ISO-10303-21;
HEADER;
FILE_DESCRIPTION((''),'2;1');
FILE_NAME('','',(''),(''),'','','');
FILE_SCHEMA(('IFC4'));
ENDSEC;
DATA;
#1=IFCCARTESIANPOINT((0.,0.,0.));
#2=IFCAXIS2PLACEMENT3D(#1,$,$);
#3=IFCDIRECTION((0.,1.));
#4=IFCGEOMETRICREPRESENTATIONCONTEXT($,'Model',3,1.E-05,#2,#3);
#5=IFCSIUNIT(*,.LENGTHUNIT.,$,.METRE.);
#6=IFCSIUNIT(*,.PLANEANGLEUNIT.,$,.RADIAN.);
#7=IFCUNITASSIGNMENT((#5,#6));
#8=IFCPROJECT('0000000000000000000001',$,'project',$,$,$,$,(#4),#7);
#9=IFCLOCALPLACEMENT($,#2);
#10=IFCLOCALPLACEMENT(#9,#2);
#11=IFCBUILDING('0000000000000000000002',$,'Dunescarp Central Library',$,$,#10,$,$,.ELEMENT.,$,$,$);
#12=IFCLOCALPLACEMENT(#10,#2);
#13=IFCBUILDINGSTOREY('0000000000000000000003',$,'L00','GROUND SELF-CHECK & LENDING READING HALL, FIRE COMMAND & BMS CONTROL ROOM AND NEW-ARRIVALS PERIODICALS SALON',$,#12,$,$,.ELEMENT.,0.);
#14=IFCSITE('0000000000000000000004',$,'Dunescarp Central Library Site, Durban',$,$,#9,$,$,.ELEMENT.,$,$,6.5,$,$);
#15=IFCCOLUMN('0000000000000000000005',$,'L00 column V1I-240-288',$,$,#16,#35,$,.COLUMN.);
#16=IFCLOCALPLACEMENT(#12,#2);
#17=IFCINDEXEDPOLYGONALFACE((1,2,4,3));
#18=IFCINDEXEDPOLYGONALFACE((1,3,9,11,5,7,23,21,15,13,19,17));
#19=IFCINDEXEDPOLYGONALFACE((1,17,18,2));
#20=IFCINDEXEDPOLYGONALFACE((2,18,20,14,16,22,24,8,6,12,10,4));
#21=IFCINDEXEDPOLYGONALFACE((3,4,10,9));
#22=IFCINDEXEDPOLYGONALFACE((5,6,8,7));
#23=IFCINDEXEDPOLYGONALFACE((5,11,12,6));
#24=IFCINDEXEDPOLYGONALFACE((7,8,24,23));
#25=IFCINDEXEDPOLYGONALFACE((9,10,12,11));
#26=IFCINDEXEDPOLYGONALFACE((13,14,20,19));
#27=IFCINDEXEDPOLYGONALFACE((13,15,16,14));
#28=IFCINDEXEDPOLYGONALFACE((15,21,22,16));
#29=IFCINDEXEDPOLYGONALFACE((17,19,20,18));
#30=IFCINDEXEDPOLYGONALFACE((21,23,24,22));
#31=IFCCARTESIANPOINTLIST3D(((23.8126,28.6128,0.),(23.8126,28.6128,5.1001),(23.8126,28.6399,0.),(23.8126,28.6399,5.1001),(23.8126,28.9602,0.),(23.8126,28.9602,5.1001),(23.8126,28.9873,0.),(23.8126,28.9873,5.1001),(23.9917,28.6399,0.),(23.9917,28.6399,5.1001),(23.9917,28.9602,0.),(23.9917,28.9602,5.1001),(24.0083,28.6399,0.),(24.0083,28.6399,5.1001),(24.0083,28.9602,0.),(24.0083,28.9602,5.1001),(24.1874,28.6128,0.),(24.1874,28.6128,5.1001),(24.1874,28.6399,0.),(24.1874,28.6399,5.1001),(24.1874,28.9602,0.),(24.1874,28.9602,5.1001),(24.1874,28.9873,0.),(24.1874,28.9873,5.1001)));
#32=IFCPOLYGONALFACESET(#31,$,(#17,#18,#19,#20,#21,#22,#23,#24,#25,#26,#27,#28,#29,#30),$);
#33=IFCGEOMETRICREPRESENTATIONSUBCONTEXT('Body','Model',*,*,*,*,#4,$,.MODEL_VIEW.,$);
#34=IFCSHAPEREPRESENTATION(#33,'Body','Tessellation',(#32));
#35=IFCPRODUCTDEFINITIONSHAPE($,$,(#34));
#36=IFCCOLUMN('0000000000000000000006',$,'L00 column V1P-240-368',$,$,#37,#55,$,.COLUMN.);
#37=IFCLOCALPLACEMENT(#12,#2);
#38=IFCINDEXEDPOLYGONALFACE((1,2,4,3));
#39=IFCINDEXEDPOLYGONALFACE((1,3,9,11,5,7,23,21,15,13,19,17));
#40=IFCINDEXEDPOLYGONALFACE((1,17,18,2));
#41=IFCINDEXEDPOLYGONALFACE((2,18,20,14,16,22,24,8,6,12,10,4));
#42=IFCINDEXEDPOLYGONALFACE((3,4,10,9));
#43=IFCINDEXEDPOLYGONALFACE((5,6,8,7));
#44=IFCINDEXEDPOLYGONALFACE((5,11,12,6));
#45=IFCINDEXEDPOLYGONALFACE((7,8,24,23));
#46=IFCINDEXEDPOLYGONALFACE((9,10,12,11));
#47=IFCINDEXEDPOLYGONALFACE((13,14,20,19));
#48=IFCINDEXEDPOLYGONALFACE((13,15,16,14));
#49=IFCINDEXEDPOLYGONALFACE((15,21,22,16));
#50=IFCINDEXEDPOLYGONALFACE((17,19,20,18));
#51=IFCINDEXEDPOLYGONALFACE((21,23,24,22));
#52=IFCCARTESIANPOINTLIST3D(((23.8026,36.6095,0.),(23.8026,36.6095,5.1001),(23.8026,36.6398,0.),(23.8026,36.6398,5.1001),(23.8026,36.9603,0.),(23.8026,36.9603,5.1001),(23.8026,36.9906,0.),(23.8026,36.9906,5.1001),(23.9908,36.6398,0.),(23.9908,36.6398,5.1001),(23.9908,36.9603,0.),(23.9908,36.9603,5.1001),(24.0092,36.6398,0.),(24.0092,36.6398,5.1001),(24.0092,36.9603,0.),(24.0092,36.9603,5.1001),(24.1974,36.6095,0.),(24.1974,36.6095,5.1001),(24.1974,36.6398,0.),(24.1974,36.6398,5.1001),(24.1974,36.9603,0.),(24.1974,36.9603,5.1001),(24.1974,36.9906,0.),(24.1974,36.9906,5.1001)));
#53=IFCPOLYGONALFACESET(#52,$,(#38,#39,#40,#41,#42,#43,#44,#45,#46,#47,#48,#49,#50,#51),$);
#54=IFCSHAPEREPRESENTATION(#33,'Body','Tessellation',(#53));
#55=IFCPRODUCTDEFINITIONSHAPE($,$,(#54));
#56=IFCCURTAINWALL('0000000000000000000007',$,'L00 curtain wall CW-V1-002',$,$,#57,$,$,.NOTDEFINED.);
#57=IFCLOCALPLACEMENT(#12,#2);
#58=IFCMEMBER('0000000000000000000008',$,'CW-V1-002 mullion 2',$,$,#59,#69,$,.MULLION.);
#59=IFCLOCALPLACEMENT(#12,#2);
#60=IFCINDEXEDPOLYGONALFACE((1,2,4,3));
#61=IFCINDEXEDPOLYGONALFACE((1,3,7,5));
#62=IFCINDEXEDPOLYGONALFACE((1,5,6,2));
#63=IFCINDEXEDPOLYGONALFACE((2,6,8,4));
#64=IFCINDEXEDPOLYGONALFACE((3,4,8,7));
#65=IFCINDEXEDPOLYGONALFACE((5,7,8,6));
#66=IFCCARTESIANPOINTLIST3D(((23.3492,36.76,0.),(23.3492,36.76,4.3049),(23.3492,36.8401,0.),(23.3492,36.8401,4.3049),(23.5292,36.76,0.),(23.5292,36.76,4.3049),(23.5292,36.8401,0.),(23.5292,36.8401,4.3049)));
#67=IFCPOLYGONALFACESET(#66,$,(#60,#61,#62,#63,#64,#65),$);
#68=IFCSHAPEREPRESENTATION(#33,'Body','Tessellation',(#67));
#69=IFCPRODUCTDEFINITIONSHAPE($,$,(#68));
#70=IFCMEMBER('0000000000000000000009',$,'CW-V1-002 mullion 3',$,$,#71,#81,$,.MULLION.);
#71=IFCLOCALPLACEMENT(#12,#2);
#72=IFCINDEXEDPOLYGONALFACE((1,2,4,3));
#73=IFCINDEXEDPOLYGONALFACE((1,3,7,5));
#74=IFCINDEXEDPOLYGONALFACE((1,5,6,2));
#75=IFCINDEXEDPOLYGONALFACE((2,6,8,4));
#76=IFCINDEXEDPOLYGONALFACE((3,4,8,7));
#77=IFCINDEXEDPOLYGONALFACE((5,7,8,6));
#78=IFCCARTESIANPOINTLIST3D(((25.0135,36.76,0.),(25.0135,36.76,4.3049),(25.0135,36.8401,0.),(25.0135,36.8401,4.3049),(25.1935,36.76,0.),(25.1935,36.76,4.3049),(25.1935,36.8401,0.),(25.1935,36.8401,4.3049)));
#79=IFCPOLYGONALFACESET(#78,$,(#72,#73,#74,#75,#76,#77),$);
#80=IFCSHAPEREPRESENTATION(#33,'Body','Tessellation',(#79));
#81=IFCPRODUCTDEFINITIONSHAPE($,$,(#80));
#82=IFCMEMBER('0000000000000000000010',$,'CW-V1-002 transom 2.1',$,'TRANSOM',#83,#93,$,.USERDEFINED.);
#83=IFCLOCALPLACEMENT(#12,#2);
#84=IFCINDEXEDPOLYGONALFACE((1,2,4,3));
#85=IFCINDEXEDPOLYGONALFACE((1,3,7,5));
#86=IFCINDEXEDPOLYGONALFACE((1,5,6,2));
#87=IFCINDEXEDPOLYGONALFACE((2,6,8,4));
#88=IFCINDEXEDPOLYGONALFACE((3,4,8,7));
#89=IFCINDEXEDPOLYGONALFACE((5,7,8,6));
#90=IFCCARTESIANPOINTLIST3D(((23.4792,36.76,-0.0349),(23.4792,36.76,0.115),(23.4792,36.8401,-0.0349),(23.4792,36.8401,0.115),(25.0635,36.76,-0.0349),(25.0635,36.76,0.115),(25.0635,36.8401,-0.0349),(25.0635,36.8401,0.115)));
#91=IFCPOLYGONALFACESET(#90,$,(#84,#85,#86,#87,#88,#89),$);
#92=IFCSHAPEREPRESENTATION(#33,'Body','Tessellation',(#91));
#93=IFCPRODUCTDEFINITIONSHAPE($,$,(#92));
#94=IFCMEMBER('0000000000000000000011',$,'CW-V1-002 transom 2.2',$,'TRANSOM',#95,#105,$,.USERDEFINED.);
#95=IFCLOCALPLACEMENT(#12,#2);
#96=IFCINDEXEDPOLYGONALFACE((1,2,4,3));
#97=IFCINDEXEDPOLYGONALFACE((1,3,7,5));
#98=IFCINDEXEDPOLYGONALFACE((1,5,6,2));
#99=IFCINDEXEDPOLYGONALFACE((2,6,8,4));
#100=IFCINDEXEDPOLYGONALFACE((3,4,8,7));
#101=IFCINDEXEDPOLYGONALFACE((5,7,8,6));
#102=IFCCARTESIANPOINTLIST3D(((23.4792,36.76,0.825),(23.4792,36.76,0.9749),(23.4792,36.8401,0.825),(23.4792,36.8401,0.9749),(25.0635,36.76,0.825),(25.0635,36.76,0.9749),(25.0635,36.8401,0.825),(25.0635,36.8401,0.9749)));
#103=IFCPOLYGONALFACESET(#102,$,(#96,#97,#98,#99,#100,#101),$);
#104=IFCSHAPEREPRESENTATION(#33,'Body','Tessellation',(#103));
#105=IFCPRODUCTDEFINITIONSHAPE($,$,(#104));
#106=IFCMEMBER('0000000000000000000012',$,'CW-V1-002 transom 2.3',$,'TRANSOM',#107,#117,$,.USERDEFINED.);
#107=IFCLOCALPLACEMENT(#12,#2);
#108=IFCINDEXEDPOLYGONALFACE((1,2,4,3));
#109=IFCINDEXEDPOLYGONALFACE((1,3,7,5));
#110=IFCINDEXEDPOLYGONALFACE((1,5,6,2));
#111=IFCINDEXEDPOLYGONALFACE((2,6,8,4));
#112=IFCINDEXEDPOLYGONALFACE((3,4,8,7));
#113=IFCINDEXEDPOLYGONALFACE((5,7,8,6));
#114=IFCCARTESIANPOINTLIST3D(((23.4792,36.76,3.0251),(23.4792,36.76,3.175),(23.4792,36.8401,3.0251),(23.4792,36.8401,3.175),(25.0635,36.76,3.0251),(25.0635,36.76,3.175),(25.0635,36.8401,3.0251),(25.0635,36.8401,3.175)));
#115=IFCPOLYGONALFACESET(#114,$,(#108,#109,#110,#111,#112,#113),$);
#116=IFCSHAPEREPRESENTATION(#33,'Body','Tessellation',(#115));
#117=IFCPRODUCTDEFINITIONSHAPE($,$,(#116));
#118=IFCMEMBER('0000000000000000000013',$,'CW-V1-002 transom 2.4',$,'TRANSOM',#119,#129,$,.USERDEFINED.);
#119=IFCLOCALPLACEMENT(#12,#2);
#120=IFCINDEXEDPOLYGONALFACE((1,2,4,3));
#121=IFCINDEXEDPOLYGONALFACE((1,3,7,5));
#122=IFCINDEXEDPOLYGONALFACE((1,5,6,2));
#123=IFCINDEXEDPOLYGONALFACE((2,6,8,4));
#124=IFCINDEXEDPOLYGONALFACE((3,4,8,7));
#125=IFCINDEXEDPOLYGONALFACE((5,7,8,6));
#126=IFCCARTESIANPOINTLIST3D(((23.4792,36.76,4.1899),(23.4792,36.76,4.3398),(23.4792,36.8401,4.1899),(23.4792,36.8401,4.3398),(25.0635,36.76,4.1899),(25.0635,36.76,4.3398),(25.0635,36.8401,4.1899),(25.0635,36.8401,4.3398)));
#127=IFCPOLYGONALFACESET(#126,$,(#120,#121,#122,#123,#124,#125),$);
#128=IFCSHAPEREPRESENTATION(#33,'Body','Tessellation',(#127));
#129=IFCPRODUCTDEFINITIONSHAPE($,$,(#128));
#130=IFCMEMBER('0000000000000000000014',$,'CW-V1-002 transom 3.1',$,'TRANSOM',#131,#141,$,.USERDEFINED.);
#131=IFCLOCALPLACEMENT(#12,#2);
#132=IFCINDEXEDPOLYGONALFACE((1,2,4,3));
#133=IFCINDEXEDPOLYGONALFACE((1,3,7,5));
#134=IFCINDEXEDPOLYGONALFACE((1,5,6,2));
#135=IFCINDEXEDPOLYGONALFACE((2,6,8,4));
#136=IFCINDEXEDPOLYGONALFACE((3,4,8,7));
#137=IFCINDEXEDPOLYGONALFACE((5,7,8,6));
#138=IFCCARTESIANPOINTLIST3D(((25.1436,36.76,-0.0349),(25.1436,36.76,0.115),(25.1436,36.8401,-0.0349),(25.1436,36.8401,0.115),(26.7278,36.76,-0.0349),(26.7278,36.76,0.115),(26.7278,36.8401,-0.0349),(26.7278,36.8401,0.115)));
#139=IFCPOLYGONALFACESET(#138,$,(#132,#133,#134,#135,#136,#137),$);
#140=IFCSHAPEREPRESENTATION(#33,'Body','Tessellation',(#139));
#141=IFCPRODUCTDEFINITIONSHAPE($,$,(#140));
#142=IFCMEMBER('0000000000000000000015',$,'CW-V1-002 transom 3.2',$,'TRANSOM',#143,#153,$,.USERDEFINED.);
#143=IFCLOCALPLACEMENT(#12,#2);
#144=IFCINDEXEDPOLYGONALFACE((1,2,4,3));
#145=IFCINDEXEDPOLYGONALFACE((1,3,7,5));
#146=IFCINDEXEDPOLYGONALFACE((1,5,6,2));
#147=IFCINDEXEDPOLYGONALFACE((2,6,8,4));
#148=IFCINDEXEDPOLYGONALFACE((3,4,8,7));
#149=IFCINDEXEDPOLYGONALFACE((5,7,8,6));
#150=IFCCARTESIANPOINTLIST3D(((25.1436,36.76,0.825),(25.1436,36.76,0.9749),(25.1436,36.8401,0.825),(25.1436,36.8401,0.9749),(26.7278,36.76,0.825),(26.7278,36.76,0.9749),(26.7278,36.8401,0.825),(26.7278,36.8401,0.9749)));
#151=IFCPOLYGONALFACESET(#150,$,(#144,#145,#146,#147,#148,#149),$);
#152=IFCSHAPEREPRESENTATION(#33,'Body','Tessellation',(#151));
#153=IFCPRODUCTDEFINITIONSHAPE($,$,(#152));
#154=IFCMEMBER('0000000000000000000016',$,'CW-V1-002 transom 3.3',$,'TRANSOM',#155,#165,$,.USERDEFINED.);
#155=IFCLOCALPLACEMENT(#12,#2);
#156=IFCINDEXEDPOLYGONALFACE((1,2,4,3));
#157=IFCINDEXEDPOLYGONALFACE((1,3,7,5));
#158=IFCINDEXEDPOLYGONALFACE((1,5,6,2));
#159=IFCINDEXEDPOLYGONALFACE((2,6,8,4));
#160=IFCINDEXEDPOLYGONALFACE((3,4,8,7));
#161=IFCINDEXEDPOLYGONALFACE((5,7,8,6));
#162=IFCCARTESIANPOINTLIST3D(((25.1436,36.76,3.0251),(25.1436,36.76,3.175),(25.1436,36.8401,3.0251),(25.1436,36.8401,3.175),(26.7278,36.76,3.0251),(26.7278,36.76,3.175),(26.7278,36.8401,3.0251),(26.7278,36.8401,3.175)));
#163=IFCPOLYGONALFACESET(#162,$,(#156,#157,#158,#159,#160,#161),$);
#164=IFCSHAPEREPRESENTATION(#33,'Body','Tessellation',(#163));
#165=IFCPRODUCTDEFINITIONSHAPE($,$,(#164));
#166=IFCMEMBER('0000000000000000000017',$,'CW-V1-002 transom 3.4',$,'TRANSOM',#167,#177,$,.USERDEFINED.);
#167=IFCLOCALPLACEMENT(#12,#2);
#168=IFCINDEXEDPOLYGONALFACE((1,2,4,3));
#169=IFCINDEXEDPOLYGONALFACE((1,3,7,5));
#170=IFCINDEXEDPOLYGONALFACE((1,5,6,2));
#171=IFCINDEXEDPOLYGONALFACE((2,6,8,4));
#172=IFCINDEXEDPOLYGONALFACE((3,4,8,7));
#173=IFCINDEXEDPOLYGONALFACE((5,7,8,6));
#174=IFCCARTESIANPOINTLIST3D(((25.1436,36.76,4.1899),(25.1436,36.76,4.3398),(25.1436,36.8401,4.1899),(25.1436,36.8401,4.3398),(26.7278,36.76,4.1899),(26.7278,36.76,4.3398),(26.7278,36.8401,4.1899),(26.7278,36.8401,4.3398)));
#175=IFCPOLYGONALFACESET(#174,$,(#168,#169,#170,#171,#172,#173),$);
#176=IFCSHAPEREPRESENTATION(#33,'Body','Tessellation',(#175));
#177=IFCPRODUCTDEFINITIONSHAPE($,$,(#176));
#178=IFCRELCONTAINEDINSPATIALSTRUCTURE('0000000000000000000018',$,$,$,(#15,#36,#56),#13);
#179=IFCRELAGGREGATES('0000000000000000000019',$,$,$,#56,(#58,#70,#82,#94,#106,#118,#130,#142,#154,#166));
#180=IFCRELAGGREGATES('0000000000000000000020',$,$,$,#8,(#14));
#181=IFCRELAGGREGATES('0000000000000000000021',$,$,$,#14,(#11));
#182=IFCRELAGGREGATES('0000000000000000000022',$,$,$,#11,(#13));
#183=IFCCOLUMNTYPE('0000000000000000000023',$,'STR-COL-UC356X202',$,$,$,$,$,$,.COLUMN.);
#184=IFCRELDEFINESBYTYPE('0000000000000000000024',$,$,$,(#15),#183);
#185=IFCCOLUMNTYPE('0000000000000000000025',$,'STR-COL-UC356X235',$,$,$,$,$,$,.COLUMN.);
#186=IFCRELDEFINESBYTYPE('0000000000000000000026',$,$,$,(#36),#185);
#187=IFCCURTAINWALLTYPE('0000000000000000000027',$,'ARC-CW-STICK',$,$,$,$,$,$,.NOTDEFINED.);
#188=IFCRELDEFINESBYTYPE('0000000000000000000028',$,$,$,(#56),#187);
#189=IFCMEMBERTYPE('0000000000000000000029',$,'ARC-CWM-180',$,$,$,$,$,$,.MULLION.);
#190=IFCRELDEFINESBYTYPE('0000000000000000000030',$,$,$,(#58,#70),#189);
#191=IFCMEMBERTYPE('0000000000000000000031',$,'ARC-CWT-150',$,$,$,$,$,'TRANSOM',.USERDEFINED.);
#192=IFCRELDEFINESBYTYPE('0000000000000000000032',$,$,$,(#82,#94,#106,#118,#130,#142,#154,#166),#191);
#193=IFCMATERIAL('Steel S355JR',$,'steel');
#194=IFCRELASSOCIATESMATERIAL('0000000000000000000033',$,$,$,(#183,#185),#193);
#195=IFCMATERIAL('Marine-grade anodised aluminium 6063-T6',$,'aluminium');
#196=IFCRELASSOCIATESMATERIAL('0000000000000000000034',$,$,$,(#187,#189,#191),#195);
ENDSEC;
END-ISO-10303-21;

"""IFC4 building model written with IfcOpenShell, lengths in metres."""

from ifc_helpers import new_model, si_unit, direction, frame, origin, origin_2d, place, context, subcontext, project, spatial, rectangle, i_section, extrude, material, material_profile, profile_set, type_object, element, aggregate, save


model = new_model("IFC4")

# Units and contexts
model_context = context("Model", 3, precision=1e-05, world=origin(), true_north=direction((0.0, 1.0)))
body_context = subcontext(model_context, "Body", "Model", "MODEL_VIEW")
ifc_project = project(units=[si_unit("LENGTHUNIT", "METRE"), si_unit("PLANEANGLEUNIT", "RADIAN")], contexts=[model_context])

# Site, building, storey
site_placement = place(None, origin())
site = spatial("IfcSite", under=ifc_project, at=site_placement, Name="Dunescarp Central Library Site, Durban", CompositionType="ELEMENT", RefElevation=6.5)
building_placement = place(site_placement, origin())
building = spatial("IfcBuilding", under=site, at=building_placement, Name="Dunescarp Central Library", CompositionType="ELEMENT")
storey_placement = place(building_placement, origin())
storey = spatial("IfcBuildingStorey", under=building, at=storey_placement, Name="L00", Description="GROUND SELF-CHECK & LENDING READING HALL, FIRE COMMAND & BMS CONTROL ROOM AND NEW-ARRIVALS PERIODICALS SALON", CompositionType="ELEMENT", Elevation=0.0)

# Columns
ifc_material_1 = material(Name="Steel S355JR", Category="steel")
ifc_material_profile_1 = material_profile(ifc_material_1, i_section(OverallWidth=0.3748, OverallDepth=0.3745, WebThickness=0.0166, FlangeThickness=0.0271, at=origin_2d()), Name="UC 356x368x202")
ifc_profile_set_1 = profile_set([ifc_material_profile_1], Name="Steel S355JR")
column_type_1 = type_object("IfcColumnType", Name="STR-COL-UC356X202", PredefinedType="COLUMN", material=ifc_profile_set_1)
column_1_placement = place(storey_placement, frame((24.0, 28.8, 0.0), z_axis=(0.0, 0.0, 1.0), x_axis=(1.0, 0.0, 0.0)))
element("IfcColumn", 1, at=column_1_placement, inside=storey, type_object=column_type_1, Name="L00 column V1I-240-288", PredefinedType="COLUMN", context=body_context, shape_type="SweptSolid", body=[
    extrude(i_section(OverallWidth=0.3748, OverallDepth=0.3745, WebThickness=0.0166, FlangeThickness=0.0271, at=origin_2d()), origin(), (0.0, 0.0, 1.0), 5.1001),
])
ifc_material_profile_2 = material_profile(ifc_material_1, i_section(OverallWidth=0.3948, OverallDepth=0.3811, WebThickness=0.0183, FlangeThickness=0.0303, at=origin_2d()), Name="UC 356x406x235")
ifc_profile_set_2 = profile_set([ifc_material_profile_2], Name="Steel S355JR")
column_type_2 = type_object("IfcColumnType", Name="STR-COL-UC356X235", PredefinedType="COLUMN", material=ifc_profile_set_2)
column_2_placement = place(storey_placement, frame((24.0, 36.8, 0.0), z_axis=(0.0, 0.0, 1.0), x_axis=(1.0, 0.0, 0.0)))
element("IfcColumn", 2, at=column_2_placement, inside=storey, type_object=column_type_2, Name="L00 column V1P-240-368", PredefinedType="COLUMN", context=body_context, shape_type="SweptSolid", body=[
    extrude(i_section(OverallWidth=0.3948, OverallDepth=0.3811, WebThickness=0.0183, FlangeThickness=0.0303, at=origin_2d()), origin(), (0.0, 0.0, 1.0), 5.1001),
])

# Curtain wall, members
ifc_material_2 = material(Name="Marine-grade anodised aluminium 6063-T6", Category="aluminium")
curtain_wall_type = type_object("IfcCurtainWallType", Name="ARC-CW-STICK", PredefinedType="NOTDEFINED", material=ifc_material_2)
curtain_wall_placement = place(storey_placement, origin())
curtain_wall = element("IfcCurtainWall", 3, at=curtain_wall_placement, inside=storey, type_object=curtain_wall_type, Name="L00 curtain wall CW-V1-002", PredefinedType="NOTDEFINED")
ifc_material_profile_3 = material_profile(ifc_material_2, rectangle(XDim=0.0801, YDim=0.1799, at=origin_2d()), Name="AL 80x180")
ifc_profile_set_3 = profile_set([ifc_material_profile_3], Name="Marine-grade anodised aluminium 6063-T6")
member_type_1 = type_object("IfcMemberType", Name="ARC-CWM-180", PredefinedType="MULLION", material=ifc_profile_set_3)
member_1_placement = place(storey_placement, frame((23.4392, 36.8, 0.0), z_axis=(0.0, 0.0, 1.0), x_axis=(0.0, 1.0, 0.0)))
member_1 = element("IfcMember", 4, at=member_1_placement, type_object=member_type_1, Name="CW-V1-002 mullion 2", PredefinedType="MULLION", context=body_context, shape_type="SweptSolid", body=[
    extrude(rectangle(XDim=0.0801, YDim=0.1799, at=origin_2d()), origin(), (0.0, 0.0, 1.0), 4.3049),
])
member_2_placement = place(storey_placement, frame((25.1035, 36.8, 0.0), z_axis=(0.0, 0.0, 1.0), x_axis=(0.0, 1.0, 0.0)))
member_2 = element("IfcMember", 5, at=member_2_placement, type_object=member_type_1, Name="CW-V1-002 mullion 3", PredefinedType="MULLION", context=body_context, shape_type="SweptSolid", body=[
    extrude(rectangle(XDim=0.0801, YDim=0.1799, at=origin_2d()), origin(), (0.0, 0.0, 1.0), 4.3049),
])
ifc_material_profile_4 = material_profile(ifc_material_2, rectangle(XDim=0.0801, YDim=0.1499, at=origin_2d()), Name="AL 80x150")
ifc_profile_set_4 = profile_set([ifc_material_profile_4], Name="Marine-grade anodised aluminium 6063-T6")
member_type_2 = type_object("IfcMemberType", Name="ARC-CWT-150", ElementType="TRANSOM", PredefinedType="USERDEFINED", material=ifc_profile_set_4)
member_3_placement = place(storey_placement, frame((23.4792, 36.8, 0.04), z_axis=(1.0, 0.0, 0.0), x_axis=(0.0, 1.0, 0.0)))
member_3 = element("IfcMember", 6, at=member_3_placement, type_object=member_type_2, Name="CW-V1-002 transom 2.1", ObjectType="TRANSOM", PredefinedType="USERDEFINED", context=body_context, shape_type="SweptSolid", body=[
    extrude(rectangle(XDim=0.0801, YDim=0.1499, at=origin_2d()), origin(), (0.0, 0.0, 1.0), 1.5842),
])
member_4_placement = place(storey_placement, frame((23.4792, 36.8, 0.8999), z_axis=(1.0, 0.0, 0.0), x_axis=(0.0, 1.0, 0.0)))
member_4 = element("IfcMember", 7, at=member_4_placement, type_object=member_type_2, Name="CW-V1-002 transom 2.2", ObjectType="TRANSOM", PredefinedType="USERDEFINED", context=body_context, shape_type="SweptSolid", body=[
    extrude(rectangle(XDim=0.0801, YDim=0.1499, at=origin_2d()), origin(), (0.0, 0.0, 1.0), 1.5842),
])
member_5_placement = place(storey_placement, frame((23.4792, 36.8, 3.1001), z_axis=(1.0, 0.0, 0.0), x_axis=(0.0, 1.0, 0.0)))
member_5 = element("IfcMember", 8, at=member_5_placement, type_object=member_type_2, Name="CW-V1-002 transom 2.3", ObjectType="TRANSOM", PredefinedType="USERDEFINED", context=body_context, shape_type="SweptSolid", body=[
    extrude(rectangle(XDim=0.0801, YDim=0.1499, at=origin_2d()), origin(), (0.0, 0.0, 1.0), 1.5842),
])
member_6_placement = place(storey_placement, frame((23.4792, 36.8, 4.2649), z_axis=(1.0, 0.0, 0.0), x_axis=(0.0, 1.0, 0.0)))
member_6 = element("IfcMember", 9, at=member_6_placement, type_object=member_type_2, Name="CW-V1-002 transom 2.4", ObjectType="TRANSOM", PredefinedType="USERDEFINED", context=body_context, shape_type="SweptSolid", body=[
    extrude(rectangle(XDim=0.0801, YDim=0.1499, at=origin_2d()), origin(), (0.0, 0.0, 1.0), 1.5842),
])
member_7_placement = place(storey_placement, frame((25.1436, 36.8, 0.04), z_axis=(1.0, 0.0, 0.0), x_axis=(0.0, 1.0, 0.0)))
member_7 = element("IfcMember", 10, at=member_7_placement, type_object=member_type_2, Name="CW-V1-002 transom 3.1", ObjectType="TRANSOM", PredefinedType="USERDEFINED", context=body_context, shape_type="SweptSolid", body=[
    extrude(rectangle(XDim=0.0801, YDim=0.1499, at=origin_2d()), origin(), (0.0, 0.0, 1.0), 1.5842),
])
member_8_placement = place(storey_placement, frame((25.1436, 36.8, 0.8999), z_axis=(1.0, 0.0, 0.0), x_axis=(0.0, 1.0, 0.0)))
member_8 = element("IfcMember", 11, at=member_8_placement, type_object=member_type_2, Name="CW-V1-002 transom 3.2", ObjectType="TRANSOM", PredefinedType="USERDEFINED", context=body_context, shape_type="SweptSolid", body=[
    extrude(rectangle(XDim=0.0801, YDim=0.1499, at=origin_2d()), origin(), (0.0, 0.0, 1.0), 1.5842),
])
member_9_placement = place(storey_placement, frame((25.1436, 36.8, 3.1001), z_axis=(1.0, 0.0, 0.0), x_axis=(0.0, 1.0, 0.0)))
member_9 = element("IfcMember", 12, at=member_9_placement, type_object=member_type_2, Name="CW-V1-002 transom 3.3", ObjectType="TRANSOM", PredefinedType="USERDEFINED", context=body_context, shape_type="SweptSolid", body=[
    extrude(rectangle(XDim=0.0801, YDim=0.1499, at=origin_2d()), origin(), (0.0, 0.0, 1.0), 1.5842),
])
member_10_placement = place(storey_placement, frame((25.1436, 36.8, 4.2649), z_axis=(1.0, 0.0, 0.0), x_axis=(0.0, 1.0, 0.0)))
member_10 = element("IfcMember", 13, at=member_10_placement, type_object=member_type_2, Name="CW-V1-002 transom 3.4", ObjectType="TRANSOM", PredefinedType="USERDEFINED", context=body_context, shape_type="SweptSolid", body=[
    extrude(rectangle(XDim=0.0801, YDim=0.1499, at=origin_2d()), origin(), (0.0, 0.0, 1.0), 1.5842),
])
aggregate(curtain_wall, [member_1, member_2, member_3, member_4, member_5, member_6, member_7, member_8, member_9, member_10])

save(model, "model.ifc")
